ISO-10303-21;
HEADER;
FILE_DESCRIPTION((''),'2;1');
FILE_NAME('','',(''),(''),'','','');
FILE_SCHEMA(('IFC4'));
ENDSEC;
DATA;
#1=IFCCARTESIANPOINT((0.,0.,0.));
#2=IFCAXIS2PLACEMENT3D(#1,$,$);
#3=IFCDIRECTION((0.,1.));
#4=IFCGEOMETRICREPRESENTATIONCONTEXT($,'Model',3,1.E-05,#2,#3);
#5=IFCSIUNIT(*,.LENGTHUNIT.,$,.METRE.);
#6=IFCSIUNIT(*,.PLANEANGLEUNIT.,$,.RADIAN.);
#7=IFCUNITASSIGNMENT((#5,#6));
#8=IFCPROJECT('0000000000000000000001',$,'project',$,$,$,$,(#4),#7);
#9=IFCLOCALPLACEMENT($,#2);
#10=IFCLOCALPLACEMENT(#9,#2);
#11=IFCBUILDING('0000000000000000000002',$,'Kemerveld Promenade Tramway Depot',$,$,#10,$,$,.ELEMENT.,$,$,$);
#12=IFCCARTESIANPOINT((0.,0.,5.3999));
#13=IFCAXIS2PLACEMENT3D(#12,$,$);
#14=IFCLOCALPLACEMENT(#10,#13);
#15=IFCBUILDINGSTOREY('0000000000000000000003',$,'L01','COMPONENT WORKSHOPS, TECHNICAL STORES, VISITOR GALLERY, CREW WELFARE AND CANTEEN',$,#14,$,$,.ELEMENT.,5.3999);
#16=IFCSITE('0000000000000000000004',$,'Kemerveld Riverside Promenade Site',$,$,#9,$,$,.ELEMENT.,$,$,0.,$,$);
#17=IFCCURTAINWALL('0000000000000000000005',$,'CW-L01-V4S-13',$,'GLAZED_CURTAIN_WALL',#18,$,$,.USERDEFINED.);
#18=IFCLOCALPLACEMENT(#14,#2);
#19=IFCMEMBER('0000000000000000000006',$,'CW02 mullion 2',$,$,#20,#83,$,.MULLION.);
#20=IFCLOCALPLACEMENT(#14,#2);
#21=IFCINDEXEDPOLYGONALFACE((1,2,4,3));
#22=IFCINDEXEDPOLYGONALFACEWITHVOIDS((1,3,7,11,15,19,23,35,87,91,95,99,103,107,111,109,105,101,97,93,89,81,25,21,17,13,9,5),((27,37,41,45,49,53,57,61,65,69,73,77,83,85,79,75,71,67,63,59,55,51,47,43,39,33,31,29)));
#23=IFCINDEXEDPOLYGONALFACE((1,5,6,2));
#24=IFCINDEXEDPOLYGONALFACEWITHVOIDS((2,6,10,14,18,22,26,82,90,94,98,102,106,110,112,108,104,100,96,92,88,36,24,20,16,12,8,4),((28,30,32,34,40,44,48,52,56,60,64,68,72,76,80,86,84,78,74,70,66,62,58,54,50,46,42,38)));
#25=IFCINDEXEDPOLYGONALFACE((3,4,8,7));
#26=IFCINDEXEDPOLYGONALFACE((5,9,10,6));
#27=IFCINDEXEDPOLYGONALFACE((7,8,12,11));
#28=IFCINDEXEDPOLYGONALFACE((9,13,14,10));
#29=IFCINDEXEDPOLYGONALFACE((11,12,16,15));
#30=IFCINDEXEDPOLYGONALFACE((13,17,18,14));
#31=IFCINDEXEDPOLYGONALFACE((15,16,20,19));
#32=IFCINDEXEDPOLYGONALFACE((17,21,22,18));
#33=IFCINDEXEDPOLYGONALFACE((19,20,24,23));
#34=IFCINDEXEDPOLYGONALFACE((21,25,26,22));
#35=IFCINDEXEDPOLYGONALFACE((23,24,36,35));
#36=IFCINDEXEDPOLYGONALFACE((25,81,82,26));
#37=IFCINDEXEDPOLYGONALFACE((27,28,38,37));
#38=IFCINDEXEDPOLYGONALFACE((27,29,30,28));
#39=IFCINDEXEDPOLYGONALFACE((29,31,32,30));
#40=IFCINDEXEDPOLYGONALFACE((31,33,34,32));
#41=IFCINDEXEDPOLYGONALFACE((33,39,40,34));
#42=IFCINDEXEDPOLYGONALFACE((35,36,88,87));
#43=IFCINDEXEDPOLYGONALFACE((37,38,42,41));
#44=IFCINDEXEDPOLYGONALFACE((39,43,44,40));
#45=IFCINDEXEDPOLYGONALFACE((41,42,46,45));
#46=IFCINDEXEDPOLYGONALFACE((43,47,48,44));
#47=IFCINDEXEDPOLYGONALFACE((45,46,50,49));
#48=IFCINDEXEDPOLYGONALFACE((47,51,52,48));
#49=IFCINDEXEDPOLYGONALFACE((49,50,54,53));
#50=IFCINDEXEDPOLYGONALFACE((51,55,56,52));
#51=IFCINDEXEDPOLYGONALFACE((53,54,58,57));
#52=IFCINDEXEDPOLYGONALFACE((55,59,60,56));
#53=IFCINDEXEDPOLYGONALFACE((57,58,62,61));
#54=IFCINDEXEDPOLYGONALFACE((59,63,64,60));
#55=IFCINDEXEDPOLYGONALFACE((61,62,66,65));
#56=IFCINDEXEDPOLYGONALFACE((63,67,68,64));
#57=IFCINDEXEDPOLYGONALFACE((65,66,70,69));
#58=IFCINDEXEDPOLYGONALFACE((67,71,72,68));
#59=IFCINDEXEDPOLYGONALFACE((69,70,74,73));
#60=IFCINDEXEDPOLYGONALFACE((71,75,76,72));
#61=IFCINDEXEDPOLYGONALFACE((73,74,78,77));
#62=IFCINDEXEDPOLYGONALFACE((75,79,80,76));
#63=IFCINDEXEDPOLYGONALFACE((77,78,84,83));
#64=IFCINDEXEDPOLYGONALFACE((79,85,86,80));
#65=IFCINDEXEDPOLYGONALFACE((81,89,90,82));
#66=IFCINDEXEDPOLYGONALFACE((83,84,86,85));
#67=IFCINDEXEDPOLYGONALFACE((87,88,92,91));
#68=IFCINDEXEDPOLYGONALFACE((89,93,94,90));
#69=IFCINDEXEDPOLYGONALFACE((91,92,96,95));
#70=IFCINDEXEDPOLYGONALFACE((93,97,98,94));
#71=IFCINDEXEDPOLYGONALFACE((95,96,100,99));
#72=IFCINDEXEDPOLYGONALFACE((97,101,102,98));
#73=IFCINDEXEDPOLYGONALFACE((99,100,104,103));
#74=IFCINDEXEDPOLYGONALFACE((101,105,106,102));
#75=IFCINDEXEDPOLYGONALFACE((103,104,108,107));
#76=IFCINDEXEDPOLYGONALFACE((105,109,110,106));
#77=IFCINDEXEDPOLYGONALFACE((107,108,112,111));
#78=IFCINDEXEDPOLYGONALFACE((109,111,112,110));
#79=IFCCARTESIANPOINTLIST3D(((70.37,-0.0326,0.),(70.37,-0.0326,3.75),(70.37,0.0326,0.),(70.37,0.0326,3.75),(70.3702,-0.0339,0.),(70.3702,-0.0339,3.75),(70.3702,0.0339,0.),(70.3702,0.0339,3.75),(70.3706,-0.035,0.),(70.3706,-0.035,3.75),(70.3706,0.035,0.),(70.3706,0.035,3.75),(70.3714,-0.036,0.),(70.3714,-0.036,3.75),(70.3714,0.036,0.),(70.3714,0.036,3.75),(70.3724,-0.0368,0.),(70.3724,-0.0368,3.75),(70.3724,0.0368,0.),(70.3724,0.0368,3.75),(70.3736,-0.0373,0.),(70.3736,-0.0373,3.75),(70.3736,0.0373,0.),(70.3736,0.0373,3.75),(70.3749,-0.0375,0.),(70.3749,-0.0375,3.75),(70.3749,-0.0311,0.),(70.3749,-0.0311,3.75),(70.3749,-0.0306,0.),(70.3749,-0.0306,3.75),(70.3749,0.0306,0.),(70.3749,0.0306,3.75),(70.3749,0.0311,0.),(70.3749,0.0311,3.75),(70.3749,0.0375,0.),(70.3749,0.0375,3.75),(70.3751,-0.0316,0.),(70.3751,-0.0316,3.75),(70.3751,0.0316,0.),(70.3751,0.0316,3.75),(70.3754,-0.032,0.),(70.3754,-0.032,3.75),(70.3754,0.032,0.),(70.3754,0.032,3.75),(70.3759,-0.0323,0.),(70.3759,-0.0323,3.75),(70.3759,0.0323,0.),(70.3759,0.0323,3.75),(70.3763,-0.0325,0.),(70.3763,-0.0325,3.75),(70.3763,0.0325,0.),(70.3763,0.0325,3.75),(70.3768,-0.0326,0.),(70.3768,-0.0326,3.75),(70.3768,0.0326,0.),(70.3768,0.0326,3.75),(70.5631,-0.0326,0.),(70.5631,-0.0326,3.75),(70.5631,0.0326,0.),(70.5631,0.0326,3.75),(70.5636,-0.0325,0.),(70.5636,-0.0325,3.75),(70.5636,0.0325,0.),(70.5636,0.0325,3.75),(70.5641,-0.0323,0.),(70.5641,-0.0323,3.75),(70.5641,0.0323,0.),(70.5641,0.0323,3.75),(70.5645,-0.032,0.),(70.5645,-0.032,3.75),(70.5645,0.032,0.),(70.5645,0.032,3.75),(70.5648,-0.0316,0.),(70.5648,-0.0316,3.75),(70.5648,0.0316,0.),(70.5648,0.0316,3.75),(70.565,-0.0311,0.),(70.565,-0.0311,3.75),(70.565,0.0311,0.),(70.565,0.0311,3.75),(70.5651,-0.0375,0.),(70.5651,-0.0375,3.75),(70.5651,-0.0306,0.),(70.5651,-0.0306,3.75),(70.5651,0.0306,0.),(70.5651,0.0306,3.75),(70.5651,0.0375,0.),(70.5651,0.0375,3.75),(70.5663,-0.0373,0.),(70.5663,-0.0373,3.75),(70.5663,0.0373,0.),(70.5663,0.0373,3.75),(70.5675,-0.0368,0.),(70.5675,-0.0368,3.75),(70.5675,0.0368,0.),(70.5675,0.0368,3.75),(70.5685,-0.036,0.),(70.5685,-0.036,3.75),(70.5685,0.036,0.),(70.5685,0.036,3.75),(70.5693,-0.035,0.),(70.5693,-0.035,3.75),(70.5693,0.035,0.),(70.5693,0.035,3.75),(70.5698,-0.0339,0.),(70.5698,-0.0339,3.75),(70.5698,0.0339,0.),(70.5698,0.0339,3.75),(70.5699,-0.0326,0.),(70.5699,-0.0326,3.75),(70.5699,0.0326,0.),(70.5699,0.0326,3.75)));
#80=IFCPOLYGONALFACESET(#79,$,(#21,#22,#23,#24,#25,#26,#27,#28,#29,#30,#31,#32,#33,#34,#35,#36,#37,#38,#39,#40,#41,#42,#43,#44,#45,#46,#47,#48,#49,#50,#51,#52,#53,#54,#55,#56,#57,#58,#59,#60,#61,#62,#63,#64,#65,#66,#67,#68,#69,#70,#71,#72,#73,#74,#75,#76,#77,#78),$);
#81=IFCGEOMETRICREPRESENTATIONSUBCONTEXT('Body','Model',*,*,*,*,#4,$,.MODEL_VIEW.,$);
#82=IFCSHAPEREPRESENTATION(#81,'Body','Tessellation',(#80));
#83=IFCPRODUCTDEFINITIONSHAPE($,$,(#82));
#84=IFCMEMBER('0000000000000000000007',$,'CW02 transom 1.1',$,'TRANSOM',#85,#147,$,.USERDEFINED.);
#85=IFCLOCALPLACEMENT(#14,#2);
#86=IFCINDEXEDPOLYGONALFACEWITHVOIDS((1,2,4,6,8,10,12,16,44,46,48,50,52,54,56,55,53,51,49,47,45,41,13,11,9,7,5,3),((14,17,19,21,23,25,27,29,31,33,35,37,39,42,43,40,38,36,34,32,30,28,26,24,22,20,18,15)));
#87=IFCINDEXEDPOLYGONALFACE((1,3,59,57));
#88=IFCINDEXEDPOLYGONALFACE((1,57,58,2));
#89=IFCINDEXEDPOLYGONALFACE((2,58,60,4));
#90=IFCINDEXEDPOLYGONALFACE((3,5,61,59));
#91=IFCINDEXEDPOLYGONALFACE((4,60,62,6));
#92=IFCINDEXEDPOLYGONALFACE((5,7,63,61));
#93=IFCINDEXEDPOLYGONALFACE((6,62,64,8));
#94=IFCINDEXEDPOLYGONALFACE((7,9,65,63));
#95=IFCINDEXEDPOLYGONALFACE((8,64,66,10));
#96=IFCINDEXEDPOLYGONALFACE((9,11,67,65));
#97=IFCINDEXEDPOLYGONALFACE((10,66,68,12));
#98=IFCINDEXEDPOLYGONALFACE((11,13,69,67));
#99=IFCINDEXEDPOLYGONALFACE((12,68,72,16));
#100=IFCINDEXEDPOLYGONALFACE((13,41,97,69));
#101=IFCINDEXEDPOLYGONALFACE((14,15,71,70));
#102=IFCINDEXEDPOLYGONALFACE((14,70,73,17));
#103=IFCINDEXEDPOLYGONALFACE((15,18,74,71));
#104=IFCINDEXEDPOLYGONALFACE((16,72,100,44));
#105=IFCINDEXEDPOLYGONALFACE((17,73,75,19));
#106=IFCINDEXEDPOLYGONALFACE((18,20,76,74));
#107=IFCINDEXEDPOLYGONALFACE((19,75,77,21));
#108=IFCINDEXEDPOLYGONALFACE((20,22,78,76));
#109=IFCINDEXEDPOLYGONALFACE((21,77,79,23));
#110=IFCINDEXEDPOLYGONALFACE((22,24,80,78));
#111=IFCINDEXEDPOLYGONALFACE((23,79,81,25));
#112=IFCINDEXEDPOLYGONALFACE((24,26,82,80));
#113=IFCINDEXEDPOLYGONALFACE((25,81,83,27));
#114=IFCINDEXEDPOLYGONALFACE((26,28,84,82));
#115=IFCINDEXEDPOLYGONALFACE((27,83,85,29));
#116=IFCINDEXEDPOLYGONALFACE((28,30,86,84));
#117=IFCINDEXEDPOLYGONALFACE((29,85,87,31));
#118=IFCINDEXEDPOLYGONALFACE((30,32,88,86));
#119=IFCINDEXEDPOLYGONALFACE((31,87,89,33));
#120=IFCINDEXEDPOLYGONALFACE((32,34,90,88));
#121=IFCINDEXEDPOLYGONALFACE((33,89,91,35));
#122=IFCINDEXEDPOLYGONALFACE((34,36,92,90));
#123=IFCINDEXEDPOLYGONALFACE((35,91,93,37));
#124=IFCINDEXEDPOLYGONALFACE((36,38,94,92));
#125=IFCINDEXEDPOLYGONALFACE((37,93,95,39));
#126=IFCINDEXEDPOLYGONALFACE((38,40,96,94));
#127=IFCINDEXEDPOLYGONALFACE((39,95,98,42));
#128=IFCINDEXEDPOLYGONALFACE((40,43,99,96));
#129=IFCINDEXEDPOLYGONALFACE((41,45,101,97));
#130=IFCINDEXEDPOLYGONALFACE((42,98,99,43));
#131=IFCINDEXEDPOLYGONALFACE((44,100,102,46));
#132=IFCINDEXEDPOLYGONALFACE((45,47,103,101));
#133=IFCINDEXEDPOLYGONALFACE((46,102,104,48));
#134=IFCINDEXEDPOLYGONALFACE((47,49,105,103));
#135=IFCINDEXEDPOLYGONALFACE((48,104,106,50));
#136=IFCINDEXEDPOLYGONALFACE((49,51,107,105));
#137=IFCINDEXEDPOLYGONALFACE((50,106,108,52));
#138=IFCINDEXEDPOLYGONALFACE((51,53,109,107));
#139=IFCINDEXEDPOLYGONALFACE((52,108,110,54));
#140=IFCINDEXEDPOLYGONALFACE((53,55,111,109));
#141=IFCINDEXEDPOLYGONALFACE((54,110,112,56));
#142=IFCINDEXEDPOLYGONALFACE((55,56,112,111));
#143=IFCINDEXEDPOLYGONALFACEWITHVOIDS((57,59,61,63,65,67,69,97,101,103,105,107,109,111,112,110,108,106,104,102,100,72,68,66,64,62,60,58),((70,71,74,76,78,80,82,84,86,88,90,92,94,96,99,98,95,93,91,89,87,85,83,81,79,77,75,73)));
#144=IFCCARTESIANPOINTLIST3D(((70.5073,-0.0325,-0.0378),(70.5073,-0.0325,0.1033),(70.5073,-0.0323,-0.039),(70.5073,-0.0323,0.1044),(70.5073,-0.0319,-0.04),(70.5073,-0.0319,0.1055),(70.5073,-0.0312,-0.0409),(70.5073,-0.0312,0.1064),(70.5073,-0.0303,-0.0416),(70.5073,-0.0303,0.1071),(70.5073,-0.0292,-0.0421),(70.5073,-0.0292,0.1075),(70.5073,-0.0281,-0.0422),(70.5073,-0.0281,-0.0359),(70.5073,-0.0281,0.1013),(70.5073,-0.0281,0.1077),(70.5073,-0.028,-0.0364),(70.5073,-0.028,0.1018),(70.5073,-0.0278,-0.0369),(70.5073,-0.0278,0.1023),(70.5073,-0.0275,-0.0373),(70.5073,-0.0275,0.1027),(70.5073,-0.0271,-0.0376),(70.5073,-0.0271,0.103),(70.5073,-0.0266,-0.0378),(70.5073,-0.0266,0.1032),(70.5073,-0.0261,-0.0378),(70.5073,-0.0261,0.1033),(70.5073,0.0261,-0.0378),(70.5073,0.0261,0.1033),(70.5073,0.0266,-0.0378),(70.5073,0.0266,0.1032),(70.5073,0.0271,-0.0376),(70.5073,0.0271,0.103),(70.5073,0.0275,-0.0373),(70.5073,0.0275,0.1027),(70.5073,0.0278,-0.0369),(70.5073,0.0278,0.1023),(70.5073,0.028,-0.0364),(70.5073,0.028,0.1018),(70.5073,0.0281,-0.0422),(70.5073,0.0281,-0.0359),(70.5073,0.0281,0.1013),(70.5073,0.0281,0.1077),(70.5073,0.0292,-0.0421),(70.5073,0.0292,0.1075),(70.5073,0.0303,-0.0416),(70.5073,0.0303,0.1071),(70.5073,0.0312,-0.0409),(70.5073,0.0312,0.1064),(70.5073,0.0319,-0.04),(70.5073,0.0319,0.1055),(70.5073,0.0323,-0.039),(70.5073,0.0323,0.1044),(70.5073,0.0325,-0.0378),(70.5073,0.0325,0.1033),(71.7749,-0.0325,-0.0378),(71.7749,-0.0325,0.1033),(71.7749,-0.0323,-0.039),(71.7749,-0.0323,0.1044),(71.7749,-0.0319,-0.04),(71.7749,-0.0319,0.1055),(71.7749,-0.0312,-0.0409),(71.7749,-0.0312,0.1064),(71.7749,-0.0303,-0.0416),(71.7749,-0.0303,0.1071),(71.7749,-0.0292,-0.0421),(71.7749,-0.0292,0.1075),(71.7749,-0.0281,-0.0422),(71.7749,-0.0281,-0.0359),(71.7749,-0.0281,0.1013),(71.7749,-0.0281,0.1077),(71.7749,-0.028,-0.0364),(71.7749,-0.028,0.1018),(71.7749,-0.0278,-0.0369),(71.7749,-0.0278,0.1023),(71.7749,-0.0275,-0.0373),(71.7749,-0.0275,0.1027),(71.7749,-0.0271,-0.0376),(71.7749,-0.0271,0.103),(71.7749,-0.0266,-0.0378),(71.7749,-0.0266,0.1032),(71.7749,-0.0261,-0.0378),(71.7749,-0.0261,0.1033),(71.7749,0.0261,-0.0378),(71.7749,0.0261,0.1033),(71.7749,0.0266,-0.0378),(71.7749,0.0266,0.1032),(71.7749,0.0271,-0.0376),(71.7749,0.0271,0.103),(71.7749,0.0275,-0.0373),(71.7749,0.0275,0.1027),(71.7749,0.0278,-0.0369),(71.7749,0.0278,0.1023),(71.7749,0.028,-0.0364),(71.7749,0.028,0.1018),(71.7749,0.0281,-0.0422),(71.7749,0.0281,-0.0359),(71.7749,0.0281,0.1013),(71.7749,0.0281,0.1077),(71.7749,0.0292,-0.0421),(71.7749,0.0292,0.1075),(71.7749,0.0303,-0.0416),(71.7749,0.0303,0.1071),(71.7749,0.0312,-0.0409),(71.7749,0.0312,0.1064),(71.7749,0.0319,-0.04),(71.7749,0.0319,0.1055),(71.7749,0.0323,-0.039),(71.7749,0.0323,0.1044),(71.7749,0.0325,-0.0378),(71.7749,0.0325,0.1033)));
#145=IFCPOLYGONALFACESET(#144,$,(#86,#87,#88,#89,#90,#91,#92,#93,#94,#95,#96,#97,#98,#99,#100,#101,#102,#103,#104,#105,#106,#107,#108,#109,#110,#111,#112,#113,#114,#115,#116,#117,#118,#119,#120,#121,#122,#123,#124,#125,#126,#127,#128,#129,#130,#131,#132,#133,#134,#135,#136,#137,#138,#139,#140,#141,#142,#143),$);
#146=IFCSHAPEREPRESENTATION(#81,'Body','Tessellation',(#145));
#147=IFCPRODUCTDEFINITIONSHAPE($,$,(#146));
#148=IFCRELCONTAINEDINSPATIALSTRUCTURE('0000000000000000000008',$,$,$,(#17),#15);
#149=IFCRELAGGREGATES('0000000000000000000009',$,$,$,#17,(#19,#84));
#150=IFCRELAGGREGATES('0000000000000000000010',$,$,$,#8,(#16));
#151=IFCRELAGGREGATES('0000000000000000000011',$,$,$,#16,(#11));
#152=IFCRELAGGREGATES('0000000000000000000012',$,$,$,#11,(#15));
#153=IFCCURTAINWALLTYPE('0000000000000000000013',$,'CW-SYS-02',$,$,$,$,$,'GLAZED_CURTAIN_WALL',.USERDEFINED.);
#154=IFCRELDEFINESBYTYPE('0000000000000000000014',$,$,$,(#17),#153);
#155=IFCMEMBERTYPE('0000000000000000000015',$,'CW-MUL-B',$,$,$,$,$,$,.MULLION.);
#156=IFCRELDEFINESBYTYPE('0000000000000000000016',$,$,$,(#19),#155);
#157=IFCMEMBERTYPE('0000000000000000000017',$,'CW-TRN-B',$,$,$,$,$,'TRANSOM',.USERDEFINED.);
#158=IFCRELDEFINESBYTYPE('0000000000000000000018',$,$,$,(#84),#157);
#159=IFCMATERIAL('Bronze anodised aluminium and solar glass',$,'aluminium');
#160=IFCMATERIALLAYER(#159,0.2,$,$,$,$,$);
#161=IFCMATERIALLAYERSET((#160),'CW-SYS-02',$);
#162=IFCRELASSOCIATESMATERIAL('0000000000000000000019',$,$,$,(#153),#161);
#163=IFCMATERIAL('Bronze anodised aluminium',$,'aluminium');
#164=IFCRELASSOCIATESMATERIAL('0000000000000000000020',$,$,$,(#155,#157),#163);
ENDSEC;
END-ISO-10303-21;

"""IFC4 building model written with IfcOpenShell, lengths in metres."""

from ifc_helpers import new_model, si_unit, direction, frame, origin, origin_2d, place, context, subcontext, project, spatial, hollow_rectangle, extrude, material, layer, layer_set, material_profile, profile_set, type_object, element, aggregate, save


model = new_model("IFC4")

# Units and contexts
model_context = context("Model", 3, precision=1e-05, world=origin(), true_north=direction((0.0, 1.0)))
body_context = subcontext(model_context, "Body", "Model", "MODEL_VIEW")
ifc_project = project(units=[si_unit("LENGTHUNIT", "METRE"), si_unit("PLANEANGLEUNIT", "RADIAN")], contexts=[model_context])

# Site, building, storey
site_placement = place(None, origin())
site = spatial("IfcSite", under=ifc_project, at=site_placement, Name="Kemerveld Riverside Promenade Site", CompositionType="ELEMENT", RefElevation=0.0)
building_placement = place(site_placement, origin())
building = spatial("IfcBuilding", under=site, at=building_placement, Name="Kemerveld Promenade Tramway Depot", CompositionType="ELEMENT")
storey_placement = place(building_placement, frame((0.0, 0.0, 5.3999)))
storey = spatial("IfcBuildingStorey", under=building, at=storey_placement, Name="L01", Description="COMPONENT WORKSHOPS, TECHNICAL STORES, VISITOR GALLERY, CREW WELFARE AND CANTEEN", CompositionType="ELEMENT", Elevation=5.3999)

# Curtain wall, members
ifc_material_1 = material(Name="Bronze anodised aluminium and solar glass", Category="aluminium")
ifc_layer_1 = layer(ifc_material_1, 0.2)
ifc_layer_set_1 = layer_set([ifc_layer_1], Name="CW-SYS-02")
curtain_wall_type = type_object("IfcCurtainWallType", Name="CW-SYS-02", ElementType="GLAZED_CURTAIN_WALL", PredefinedType="USERDEFINED", material=ifc_layer_set_1)
curtain_wall_placement = place(storey_placement, origin())
curtain_wall = element("IfcCurtainWall", 1, at=curtain_wall_placement, inside=storey, type_object=curtain_wall_type, Name="CW-L01-V4S-13", ObjectType="GLAZED_CURTAIN_WALL", PredefinedType="USERDEFINED")
ifc_material_2 = material(Name="Bronze anodised aluminium", Category="aluminium")
ifc_material_profile_1 = material_profile(ifc_material_2, hollow_rectangle(XDim=0.075, YDim=0.2, WallThickness=0.0049, InnerFilletRadius=0.002, OuterFilletRadius=0.0049, at=origin_2d()), Name="CW-MUL-200x75")
ifc_profile_set_1 = profile_set([ifc_material_profile_1], Name="Bronze anodised aluminium")
member_type_1 = type_object("IfcMemberType", Name="CW-MUL-B", PredefinedType="MULLION", material=ifc_profile_set_1)
member_1_placement = place(storey_placement, frame((70.47, 0.0, 0.0), z_axis=(0.0, 0.0, 1.0), x_axis=(0.0, -1.0, 0.0)))
member_1 = element("IfcMember", 2, at=member_1_placement, type_object=member_type_1, Name="CW02 mullion 2", PredefinedType="MULLION", context=body_context, shape_type="SweptSolid", body=[
    extrude(hollow_rectangle(XDim=0.075, YDim=0.2, WallThickness=0.0049, InnerFilletRadius=0.002, OuterFilletRadius=0.0049, at=origin_2d()), origin(), (0.0, 0.0, 1.0), 3.75),
])
ifc_material_profile_2 = material_profile(ifc_material_2, hollow_rectangle(XDim=0.0649, YDim=0.1499, WallThickness=0.0044, InnerFilletRadius=0.002, OuterFilletRadius=0.0044, at=origin_2d()), Name="CW-TRN-150x65")
ifc_profile_set_2 = profile_set([ifc_material_profile_2], Name="Bronze anodised aluminium")
member_type_2 = type_object("IfcMemberType", Name="CW-TRN-B", ElementType="TRANSOM", PredefinedType="USERDEFINED", material=ifc_profile_set_2)
member_2_placement = place(storey_placement, frame((71.7749, 0.0, 0.0327), z_axis=(-1.0, 0.0, 0.0), x_axis=(0.0, -1.0, 0.0)))
member_2 = element("IfcMember", 3, at=member_2_placement, type_object=member_type_2, Name="CW02 transom 1.1", ObjectType="TRANSOM", PredefinedType="USERDEFINED", context=body_context, shape_type="SweptSolid", body=[
    extrude(hollow_rectangle(XDim=0.0649, YDim=0.1499, WallThickness=0.0044, InnerFilletRadius=0.002, OuterFilletRadius=0.0044, at=origin_2d()), origin(), (0.0, 0.0, 1.0), 1.2676),
])
aggregate(curtain_wall, [member_1, member_2])

save(model, "model.ifc")
